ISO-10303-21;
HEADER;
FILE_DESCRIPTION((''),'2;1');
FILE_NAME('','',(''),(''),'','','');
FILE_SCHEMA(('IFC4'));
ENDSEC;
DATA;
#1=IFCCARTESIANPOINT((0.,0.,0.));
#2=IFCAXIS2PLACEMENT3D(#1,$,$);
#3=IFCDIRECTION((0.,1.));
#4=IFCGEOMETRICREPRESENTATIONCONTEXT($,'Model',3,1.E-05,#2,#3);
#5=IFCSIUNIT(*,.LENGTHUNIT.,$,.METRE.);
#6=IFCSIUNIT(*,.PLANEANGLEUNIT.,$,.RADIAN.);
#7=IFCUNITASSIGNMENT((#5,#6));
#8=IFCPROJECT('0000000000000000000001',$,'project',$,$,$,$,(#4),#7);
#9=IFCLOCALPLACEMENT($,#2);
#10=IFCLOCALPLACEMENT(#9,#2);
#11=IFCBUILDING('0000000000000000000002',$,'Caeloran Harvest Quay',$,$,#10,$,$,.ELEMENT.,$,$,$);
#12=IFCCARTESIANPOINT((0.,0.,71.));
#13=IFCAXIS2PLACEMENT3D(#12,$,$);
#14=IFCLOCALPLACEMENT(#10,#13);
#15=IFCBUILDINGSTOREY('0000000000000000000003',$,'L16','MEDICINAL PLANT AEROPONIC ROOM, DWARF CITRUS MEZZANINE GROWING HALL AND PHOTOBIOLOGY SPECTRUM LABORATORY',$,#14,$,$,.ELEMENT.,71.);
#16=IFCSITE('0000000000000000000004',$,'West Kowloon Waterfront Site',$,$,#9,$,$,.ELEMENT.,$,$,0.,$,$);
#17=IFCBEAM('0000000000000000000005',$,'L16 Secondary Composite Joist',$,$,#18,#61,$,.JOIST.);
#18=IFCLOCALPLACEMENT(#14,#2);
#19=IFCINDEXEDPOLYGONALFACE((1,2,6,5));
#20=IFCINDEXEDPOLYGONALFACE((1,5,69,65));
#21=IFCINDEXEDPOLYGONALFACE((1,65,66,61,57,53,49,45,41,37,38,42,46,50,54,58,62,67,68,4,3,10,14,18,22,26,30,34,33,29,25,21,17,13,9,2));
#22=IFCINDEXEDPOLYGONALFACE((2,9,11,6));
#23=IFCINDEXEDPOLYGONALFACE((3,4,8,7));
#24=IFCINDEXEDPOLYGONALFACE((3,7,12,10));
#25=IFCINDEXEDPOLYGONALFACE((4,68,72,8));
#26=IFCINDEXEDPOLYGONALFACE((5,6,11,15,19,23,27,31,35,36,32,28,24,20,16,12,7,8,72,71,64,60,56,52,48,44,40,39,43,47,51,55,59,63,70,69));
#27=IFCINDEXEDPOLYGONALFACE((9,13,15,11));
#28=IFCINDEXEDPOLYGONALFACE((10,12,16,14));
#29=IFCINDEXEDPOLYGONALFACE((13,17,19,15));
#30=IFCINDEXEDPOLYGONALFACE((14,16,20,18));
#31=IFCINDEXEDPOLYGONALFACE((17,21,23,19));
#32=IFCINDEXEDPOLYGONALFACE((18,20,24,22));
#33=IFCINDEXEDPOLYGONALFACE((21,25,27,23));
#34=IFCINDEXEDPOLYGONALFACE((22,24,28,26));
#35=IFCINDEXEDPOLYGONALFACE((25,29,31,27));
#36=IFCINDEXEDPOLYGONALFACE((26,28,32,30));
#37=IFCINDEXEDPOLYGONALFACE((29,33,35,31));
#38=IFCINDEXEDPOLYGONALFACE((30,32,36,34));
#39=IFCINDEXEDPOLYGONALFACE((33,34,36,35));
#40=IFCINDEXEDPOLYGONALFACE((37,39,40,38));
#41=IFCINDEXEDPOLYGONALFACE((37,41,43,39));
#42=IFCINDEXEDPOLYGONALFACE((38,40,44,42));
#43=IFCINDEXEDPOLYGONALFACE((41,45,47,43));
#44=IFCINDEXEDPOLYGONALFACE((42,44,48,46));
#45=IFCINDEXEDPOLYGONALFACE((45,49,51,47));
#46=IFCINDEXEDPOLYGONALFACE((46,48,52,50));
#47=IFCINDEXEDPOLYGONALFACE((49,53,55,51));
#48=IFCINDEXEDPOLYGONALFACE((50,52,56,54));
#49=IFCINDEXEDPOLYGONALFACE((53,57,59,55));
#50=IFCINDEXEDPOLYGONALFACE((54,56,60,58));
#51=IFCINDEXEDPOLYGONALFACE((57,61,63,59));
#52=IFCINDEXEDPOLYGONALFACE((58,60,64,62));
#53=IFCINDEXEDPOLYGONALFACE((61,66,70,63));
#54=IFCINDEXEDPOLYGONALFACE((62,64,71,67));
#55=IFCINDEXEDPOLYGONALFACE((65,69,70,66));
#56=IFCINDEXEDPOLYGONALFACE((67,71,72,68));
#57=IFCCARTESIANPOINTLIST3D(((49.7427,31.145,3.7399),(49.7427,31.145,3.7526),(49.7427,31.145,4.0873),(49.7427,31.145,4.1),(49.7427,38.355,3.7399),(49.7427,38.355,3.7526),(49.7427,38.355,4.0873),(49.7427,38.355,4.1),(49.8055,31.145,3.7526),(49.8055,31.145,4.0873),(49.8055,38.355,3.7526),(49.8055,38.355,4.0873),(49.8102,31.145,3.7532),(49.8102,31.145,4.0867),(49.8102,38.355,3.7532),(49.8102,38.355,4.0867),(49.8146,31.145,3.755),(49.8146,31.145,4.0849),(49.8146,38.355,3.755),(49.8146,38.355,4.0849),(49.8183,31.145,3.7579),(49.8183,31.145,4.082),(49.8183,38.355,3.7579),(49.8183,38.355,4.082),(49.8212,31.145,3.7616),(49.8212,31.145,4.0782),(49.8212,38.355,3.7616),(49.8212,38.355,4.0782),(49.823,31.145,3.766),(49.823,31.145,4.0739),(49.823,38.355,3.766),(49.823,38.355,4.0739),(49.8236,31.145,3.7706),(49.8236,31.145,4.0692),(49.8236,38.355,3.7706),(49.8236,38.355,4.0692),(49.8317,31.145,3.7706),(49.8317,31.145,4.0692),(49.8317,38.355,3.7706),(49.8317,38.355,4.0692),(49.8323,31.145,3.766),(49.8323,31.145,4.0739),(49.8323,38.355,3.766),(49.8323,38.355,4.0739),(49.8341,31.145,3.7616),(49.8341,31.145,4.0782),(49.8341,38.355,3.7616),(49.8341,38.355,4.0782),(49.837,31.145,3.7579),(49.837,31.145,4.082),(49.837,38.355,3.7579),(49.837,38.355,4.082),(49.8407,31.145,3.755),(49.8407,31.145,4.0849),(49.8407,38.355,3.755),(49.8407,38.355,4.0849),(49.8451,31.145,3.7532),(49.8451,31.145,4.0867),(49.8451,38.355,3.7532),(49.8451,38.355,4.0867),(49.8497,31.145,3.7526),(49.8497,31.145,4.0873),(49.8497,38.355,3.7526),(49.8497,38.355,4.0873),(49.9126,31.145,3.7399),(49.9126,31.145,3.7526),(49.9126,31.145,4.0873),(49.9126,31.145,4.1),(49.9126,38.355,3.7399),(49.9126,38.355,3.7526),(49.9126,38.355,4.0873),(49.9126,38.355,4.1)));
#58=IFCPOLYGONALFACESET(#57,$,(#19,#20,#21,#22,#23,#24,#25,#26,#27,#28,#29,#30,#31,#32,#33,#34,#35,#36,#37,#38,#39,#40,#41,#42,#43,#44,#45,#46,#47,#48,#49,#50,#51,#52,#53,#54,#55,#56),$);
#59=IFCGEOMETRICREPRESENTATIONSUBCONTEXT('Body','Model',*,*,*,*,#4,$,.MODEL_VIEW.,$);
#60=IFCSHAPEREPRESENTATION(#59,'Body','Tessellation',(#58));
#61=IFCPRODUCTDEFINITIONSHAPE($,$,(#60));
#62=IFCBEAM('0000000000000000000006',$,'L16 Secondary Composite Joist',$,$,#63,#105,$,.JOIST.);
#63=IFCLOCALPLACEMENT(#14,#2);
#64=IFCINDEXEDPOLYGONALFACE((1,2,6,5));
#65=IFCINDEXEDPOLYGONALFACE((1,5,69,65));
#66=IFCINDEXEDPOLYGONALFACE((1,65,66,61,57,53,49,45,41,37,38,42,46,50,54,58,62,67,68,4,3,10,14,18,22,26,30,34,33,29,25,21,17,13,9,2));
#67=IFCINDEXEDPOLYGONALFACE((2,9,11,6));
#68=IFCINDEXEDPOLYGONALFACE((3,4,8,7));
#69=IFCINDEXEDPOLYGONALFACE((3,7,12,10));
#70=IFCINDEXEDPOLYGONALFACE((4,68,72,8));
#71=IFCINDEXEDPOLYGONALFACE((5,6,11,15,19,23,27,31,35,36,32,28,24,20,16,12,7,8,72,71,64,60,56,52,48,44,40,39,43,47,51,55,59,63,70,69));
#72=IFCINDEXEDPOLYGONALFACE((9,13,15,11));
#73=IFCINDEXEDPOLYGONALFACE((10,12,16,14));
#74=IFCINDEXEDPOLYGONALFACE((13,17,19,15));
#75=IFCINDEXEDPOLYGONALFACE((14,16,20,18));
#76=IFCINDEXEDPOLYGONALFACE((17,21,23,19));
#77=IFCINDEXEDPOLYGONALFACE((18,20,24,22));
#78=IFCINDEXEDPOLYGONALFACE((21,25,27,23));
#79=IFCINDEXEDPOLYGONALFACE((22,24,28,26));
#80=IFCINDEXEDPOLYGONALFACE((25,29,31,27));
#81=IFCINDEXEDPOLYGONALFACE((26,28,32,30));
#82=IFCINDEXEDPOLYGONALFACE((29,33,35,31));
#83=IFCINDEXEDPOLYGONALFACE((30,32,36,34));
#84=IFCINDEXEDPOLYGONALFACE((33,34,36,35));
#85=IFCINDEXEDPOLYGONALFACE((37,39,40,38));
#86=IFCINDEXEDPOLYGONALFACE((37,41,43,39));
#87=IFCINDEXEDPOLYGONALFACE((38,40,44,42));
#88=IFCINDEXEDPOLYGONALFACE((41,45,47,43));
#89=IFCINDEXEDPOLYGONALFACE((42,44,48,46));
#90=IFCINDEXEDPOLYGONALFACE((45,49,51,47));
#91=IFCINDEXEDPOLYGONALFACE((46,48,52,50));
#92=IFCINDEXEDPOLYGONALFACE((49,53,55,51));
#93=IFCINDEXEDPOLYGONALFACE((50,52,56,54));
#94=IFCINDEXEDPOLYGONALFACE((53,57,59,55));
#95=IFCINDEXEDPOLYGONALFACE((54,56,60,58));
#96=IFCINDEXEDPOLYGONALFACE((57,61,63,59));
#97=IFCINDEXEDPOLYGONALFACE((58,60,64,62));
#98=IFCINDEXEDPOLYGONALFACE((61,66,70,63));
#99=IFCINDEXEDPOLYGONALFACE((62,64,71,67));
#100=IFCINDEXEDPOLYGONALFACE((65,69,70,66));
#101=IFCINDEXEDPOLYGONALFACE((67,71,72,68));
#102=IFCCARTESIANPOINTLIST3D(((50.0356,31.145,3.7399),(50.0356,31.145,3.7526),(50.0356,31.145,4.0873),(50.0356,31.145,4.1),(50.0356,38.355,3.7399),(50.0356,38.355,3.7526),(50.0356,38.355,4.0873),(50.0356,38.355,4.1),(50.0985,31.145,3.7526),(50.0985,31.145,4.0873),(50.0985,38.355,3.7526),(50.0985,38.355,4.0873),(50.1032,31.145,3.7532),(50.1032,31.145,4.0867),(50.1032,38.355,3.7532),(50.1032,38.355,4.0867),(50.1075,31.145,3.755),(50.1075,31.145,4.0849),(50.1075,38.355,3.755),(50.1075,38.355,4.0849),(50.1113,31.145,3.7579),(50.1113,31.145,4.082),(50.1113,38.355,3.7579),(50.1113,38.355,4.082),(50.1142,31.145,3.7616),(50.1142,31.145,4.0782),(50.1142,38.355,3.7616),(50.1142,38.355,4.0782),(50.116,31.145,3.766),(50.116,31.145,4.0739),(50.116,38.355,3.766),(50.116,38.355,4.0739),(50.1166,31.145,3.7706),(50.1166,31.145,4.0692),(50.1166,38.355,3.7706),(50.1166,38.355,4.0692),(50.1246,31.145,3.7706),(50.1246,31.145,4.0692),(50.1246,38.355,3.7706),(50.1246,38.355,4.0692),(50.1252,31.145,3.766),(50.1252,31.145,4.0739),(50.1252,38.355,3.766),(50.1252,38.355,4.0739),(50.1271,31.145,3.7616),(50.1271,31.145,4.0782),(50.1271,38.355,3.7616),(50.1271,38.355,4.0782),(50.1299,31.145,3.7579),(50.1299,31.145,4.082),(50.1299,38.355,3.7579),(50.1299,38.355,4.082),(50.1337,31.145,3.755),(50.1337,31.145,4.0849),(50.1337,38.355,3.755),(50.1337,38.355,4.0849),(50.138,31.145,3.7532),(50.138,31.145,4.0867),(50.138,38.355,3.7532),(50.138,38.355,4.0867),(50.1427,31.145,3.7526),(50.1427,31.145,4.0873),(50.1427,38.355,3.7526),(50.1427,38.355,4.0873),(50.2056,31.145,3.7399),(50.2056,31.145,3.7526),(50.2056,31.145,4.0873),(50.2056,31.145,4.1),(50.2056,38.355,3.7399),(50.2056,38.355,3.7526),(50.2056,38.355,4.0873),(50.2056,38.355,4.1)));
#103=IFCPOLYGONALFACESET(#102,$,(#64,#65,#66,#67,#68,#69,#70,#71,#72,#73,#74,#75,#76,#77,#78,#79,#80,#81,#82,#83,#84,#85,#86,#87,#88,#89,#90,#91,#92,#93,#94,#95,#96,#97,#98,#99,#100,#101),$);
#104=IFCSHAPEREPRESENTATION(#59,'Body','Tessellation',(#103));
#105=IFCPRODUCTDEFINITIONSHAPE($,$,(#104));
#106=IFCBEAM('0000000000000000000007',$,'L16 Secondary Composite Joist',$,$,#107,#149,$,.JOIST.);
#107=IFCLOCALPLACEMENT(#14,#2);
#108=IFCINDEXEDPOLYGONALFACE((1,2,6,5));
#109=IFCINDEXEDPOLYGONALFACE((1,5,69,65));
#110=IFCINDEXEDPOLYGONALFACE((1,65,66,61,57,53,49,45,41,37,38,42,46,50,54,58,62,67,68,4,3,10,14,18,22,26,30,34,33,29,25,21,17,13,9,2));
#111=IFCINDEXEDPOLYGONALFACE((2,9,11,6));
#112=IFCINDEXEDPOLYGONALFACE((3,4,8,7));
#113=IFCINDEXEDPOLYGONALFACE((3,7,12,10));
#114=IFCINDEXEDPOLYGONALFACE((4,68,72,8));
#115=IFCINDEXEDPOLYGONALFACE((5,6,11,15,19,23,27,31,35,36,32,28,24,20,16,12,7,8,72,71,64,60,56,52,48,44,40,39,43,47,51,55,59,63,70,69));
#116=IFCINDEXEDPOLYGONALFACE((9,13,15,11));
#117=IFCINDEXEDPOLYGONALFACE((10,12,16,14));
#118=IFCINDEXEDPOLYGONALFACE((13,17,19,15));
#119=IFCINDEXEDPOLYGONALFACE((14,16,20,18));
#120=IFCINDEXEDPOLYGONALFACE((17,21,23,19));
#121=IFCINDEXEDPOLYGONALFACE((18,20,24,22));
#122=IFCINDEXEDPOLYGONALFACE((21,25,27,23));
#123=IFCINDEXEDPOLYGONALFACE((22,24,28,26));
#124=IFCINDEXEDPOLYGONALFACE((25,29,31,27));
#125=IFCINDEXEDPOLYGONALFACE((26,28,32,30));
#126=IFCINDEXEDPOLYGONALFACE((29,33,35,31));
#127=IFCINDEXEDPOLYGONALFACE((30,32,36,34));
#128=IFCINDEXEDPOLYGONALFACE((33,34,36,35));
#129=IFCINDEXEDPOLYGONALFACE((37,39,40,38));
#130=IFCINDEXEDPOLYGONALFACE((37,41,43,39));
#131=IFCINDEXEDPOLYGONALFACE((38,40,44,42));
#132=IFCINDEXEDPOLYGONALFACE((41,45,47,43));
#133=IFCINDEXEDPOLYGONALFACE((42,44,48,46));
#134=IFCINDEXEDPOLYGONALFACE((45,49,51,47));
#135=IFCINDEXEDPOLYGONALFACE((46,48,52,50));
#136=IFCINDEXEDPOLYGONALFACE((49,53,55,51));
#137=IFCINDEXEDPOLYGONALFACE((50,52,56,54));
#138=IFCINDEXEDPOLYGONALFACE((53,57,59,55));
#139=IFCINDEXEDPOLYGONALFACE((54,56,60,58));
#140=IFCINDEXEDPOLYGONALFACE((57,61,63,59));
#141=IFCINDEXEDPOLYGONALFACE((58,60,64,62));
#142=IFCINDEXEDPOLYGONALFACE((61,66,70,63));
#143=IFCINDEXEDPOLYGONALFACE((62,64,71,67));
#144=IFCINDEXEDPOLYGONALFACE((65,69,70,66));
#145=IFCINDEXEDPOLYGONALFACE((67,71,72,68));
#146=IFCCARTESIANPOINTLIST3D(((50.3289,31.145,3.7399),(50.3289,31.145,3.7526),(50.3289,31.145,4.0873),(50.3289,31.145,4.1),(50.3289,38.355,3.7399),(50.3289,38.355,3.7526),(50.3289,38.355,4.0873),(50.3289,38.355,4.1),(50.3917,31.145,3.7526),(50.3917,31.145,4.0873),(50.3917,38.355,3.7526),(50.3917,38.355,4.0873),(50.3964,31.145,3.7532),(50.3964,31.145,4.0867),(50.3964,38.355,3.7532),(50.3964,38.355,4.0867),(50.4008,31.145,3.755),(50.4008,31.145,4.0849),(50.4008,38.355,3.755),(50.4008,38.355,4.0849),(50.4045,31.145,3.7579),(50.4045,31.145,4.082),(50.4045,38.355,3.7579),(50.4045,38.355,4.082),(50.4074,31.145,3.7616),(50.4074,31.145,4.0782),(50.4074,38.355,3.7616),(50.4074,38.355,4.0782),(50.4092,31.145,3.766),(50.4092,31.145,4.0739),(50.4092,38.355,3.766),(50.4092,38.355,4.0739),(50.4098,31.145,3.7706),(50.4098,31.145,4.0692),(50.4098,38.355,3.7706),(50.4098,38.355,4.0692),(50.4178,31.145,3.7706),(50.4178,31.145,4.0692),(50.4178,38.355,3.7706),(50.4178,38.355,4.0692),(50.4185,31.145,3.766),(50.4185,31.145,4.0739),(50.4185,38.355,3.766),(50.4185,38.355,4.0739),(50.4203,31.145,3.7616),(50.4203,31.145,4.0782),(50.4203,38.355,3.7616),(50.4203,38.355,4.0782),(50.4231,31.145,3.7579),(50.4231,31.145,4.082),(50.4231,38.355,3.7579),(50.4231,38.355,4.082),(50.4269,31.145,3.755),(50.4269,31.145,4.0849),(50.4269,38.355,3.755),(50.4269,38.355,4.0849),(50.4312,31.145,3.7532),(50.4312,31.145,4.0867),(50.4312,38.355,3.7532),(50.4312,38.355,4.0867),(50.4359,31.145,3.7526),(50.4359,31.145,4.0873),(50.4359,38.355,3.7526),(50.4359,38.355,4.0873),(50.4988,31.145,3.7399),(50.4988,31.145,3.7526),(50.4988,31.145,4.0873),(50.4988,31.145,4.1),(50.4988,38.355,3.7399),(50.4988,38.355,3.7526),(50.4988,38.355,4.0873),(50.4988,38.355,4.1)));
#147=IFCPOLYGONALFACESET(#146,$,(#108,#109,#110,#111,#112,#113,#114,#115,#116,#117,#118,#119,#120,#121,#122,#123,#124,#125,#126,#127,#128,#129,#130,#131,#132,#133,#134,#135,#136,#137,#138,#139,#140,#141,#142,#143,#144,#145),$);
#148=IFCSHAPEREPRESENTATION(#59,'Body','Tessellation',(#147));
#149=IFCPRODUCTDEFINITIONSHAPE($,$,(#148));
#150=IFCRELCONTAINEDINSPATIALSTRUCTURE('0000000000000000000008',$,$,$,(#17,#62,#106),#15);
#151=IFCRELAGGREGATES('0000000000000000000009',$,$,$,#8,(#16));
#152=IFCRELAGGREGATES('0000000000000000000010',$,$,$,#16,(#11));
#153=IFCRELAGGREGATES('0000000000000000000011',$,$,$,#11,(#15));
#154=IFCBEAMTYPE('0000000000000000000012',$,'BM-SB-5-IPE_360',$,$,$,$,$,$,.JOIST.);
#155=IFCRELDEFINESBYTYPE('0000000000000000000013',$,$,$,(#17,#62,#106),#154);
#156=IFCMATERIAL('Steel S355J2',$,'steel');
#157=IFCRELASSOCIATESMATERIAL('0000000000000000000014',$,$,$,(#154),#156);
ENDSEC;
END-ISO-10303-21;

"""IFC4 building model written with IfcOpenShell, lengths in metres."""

from ifc_helpers import new_model, si_unit, direction, frame, origin, origin_2d, place, context, subcontext, project, spatial, i_section, extrude, material, material_profile, profile_set, type_object, element, save


model = new_model("IFC4")

# Units and contexts
model_context = context("Model", 3, precision=1e-05, world=origin(), true_north=direction((0.0, 1.0)))
body_context = subcontext(model_context, "Body", "Model", "MODEL_VIEW")
ifc_project = project(units=[si_unit("LENGTHUNIT", "METRE"), si_unit("PLANEANGLEUNIT", "RADIAN")], contexts=[model_context])

# Site, building, storey
site_placement = place(None, origin())
site = spatial("IfcSite", under=ifc_project, at=site_placement, Name="West Kowloon Waterfront Site", CompositionType="ELEMENT", RefElevation=0.0)
building_placement = place(site_placement, origin())
building = spatial("IfcBuilding", under=site, at=building_placement, Name="Caeloran Harvest Quay", CompositionType="ELEMENT")
storey_placement = place(building_placement, frame((0.0, 0.0, 71.0)))
storey = spatial("IfcBuildingStorey", under=building, at=storey_placement, Name="L16", Description="MEDICINAL PLANT AEROPONIC ROOM, DWARF CITRUS MEZZANINE GROWING HALL AND PHOTOBIOLOGY SPECTRUM LABORATORY", CompositionType="ELEMENT", Elevation=71.0)

# Beams
ifc_material_1 = material(Name="Steel S355J2", Category="steel")
ifc_material_profile_1 = material_profile(ifc_material_1, i_section(OverallWidth=0.1699, OverallDepth=0.3601, WebThickness=0.0081, FlangeThickness=0.0127, FilletRadius=0.0181, at=origin_2d()), Name="IPE 360")
ifc_profile_set_1 = profile_set([ifc_material_profile_1], Name="Steel S355J2")
beam_type_1 = type_object("IfcBeamType", Name="BM-SB-5-IPE_360", PredefinedType="JOIST", material=ifc_profile_set_1)
for number, where, z_axis, x_axis, name in (
    (1, (49.8276, 31.145, 3.9199), (0.0, 1.0, 0.0), (-1.0, 0.0, 0.0), "L16 Secondary Composite Joist"),
    (2, (50.1206, 31.145, 3.9199), (0.0, 1.0, 0.0), (-1.0, 0.0, 0.0), "L16 Secondary Composite Joist"),
    (3, (50.4138, 31.145, 3.9199), (0.0, 1.0, 0.0), (-1.0, 0.0, 0.0), "L16 Secondary Composite Joist"),
):
    element("IfcBeam", number, at=place(storey_placement, frame(where, z_axis=z_axis, x_axis=x_axis)), inside=storey, type_object=beam_type_1, Name=name, PredefinedType="JOIST", context=body_context, shape_type="SweptSolid", body=[
        extrude(i_section(OverallWidth=0.1699, OverallDepth=0.3601, WebThickness=0.0081, FlangeThickness=0.0127, FilletRadius=0.0181, at=origin_2d()), origin(), (0.0, 0.0, 1.0), 7.21),
    ])

save(model, "model.ifc")
